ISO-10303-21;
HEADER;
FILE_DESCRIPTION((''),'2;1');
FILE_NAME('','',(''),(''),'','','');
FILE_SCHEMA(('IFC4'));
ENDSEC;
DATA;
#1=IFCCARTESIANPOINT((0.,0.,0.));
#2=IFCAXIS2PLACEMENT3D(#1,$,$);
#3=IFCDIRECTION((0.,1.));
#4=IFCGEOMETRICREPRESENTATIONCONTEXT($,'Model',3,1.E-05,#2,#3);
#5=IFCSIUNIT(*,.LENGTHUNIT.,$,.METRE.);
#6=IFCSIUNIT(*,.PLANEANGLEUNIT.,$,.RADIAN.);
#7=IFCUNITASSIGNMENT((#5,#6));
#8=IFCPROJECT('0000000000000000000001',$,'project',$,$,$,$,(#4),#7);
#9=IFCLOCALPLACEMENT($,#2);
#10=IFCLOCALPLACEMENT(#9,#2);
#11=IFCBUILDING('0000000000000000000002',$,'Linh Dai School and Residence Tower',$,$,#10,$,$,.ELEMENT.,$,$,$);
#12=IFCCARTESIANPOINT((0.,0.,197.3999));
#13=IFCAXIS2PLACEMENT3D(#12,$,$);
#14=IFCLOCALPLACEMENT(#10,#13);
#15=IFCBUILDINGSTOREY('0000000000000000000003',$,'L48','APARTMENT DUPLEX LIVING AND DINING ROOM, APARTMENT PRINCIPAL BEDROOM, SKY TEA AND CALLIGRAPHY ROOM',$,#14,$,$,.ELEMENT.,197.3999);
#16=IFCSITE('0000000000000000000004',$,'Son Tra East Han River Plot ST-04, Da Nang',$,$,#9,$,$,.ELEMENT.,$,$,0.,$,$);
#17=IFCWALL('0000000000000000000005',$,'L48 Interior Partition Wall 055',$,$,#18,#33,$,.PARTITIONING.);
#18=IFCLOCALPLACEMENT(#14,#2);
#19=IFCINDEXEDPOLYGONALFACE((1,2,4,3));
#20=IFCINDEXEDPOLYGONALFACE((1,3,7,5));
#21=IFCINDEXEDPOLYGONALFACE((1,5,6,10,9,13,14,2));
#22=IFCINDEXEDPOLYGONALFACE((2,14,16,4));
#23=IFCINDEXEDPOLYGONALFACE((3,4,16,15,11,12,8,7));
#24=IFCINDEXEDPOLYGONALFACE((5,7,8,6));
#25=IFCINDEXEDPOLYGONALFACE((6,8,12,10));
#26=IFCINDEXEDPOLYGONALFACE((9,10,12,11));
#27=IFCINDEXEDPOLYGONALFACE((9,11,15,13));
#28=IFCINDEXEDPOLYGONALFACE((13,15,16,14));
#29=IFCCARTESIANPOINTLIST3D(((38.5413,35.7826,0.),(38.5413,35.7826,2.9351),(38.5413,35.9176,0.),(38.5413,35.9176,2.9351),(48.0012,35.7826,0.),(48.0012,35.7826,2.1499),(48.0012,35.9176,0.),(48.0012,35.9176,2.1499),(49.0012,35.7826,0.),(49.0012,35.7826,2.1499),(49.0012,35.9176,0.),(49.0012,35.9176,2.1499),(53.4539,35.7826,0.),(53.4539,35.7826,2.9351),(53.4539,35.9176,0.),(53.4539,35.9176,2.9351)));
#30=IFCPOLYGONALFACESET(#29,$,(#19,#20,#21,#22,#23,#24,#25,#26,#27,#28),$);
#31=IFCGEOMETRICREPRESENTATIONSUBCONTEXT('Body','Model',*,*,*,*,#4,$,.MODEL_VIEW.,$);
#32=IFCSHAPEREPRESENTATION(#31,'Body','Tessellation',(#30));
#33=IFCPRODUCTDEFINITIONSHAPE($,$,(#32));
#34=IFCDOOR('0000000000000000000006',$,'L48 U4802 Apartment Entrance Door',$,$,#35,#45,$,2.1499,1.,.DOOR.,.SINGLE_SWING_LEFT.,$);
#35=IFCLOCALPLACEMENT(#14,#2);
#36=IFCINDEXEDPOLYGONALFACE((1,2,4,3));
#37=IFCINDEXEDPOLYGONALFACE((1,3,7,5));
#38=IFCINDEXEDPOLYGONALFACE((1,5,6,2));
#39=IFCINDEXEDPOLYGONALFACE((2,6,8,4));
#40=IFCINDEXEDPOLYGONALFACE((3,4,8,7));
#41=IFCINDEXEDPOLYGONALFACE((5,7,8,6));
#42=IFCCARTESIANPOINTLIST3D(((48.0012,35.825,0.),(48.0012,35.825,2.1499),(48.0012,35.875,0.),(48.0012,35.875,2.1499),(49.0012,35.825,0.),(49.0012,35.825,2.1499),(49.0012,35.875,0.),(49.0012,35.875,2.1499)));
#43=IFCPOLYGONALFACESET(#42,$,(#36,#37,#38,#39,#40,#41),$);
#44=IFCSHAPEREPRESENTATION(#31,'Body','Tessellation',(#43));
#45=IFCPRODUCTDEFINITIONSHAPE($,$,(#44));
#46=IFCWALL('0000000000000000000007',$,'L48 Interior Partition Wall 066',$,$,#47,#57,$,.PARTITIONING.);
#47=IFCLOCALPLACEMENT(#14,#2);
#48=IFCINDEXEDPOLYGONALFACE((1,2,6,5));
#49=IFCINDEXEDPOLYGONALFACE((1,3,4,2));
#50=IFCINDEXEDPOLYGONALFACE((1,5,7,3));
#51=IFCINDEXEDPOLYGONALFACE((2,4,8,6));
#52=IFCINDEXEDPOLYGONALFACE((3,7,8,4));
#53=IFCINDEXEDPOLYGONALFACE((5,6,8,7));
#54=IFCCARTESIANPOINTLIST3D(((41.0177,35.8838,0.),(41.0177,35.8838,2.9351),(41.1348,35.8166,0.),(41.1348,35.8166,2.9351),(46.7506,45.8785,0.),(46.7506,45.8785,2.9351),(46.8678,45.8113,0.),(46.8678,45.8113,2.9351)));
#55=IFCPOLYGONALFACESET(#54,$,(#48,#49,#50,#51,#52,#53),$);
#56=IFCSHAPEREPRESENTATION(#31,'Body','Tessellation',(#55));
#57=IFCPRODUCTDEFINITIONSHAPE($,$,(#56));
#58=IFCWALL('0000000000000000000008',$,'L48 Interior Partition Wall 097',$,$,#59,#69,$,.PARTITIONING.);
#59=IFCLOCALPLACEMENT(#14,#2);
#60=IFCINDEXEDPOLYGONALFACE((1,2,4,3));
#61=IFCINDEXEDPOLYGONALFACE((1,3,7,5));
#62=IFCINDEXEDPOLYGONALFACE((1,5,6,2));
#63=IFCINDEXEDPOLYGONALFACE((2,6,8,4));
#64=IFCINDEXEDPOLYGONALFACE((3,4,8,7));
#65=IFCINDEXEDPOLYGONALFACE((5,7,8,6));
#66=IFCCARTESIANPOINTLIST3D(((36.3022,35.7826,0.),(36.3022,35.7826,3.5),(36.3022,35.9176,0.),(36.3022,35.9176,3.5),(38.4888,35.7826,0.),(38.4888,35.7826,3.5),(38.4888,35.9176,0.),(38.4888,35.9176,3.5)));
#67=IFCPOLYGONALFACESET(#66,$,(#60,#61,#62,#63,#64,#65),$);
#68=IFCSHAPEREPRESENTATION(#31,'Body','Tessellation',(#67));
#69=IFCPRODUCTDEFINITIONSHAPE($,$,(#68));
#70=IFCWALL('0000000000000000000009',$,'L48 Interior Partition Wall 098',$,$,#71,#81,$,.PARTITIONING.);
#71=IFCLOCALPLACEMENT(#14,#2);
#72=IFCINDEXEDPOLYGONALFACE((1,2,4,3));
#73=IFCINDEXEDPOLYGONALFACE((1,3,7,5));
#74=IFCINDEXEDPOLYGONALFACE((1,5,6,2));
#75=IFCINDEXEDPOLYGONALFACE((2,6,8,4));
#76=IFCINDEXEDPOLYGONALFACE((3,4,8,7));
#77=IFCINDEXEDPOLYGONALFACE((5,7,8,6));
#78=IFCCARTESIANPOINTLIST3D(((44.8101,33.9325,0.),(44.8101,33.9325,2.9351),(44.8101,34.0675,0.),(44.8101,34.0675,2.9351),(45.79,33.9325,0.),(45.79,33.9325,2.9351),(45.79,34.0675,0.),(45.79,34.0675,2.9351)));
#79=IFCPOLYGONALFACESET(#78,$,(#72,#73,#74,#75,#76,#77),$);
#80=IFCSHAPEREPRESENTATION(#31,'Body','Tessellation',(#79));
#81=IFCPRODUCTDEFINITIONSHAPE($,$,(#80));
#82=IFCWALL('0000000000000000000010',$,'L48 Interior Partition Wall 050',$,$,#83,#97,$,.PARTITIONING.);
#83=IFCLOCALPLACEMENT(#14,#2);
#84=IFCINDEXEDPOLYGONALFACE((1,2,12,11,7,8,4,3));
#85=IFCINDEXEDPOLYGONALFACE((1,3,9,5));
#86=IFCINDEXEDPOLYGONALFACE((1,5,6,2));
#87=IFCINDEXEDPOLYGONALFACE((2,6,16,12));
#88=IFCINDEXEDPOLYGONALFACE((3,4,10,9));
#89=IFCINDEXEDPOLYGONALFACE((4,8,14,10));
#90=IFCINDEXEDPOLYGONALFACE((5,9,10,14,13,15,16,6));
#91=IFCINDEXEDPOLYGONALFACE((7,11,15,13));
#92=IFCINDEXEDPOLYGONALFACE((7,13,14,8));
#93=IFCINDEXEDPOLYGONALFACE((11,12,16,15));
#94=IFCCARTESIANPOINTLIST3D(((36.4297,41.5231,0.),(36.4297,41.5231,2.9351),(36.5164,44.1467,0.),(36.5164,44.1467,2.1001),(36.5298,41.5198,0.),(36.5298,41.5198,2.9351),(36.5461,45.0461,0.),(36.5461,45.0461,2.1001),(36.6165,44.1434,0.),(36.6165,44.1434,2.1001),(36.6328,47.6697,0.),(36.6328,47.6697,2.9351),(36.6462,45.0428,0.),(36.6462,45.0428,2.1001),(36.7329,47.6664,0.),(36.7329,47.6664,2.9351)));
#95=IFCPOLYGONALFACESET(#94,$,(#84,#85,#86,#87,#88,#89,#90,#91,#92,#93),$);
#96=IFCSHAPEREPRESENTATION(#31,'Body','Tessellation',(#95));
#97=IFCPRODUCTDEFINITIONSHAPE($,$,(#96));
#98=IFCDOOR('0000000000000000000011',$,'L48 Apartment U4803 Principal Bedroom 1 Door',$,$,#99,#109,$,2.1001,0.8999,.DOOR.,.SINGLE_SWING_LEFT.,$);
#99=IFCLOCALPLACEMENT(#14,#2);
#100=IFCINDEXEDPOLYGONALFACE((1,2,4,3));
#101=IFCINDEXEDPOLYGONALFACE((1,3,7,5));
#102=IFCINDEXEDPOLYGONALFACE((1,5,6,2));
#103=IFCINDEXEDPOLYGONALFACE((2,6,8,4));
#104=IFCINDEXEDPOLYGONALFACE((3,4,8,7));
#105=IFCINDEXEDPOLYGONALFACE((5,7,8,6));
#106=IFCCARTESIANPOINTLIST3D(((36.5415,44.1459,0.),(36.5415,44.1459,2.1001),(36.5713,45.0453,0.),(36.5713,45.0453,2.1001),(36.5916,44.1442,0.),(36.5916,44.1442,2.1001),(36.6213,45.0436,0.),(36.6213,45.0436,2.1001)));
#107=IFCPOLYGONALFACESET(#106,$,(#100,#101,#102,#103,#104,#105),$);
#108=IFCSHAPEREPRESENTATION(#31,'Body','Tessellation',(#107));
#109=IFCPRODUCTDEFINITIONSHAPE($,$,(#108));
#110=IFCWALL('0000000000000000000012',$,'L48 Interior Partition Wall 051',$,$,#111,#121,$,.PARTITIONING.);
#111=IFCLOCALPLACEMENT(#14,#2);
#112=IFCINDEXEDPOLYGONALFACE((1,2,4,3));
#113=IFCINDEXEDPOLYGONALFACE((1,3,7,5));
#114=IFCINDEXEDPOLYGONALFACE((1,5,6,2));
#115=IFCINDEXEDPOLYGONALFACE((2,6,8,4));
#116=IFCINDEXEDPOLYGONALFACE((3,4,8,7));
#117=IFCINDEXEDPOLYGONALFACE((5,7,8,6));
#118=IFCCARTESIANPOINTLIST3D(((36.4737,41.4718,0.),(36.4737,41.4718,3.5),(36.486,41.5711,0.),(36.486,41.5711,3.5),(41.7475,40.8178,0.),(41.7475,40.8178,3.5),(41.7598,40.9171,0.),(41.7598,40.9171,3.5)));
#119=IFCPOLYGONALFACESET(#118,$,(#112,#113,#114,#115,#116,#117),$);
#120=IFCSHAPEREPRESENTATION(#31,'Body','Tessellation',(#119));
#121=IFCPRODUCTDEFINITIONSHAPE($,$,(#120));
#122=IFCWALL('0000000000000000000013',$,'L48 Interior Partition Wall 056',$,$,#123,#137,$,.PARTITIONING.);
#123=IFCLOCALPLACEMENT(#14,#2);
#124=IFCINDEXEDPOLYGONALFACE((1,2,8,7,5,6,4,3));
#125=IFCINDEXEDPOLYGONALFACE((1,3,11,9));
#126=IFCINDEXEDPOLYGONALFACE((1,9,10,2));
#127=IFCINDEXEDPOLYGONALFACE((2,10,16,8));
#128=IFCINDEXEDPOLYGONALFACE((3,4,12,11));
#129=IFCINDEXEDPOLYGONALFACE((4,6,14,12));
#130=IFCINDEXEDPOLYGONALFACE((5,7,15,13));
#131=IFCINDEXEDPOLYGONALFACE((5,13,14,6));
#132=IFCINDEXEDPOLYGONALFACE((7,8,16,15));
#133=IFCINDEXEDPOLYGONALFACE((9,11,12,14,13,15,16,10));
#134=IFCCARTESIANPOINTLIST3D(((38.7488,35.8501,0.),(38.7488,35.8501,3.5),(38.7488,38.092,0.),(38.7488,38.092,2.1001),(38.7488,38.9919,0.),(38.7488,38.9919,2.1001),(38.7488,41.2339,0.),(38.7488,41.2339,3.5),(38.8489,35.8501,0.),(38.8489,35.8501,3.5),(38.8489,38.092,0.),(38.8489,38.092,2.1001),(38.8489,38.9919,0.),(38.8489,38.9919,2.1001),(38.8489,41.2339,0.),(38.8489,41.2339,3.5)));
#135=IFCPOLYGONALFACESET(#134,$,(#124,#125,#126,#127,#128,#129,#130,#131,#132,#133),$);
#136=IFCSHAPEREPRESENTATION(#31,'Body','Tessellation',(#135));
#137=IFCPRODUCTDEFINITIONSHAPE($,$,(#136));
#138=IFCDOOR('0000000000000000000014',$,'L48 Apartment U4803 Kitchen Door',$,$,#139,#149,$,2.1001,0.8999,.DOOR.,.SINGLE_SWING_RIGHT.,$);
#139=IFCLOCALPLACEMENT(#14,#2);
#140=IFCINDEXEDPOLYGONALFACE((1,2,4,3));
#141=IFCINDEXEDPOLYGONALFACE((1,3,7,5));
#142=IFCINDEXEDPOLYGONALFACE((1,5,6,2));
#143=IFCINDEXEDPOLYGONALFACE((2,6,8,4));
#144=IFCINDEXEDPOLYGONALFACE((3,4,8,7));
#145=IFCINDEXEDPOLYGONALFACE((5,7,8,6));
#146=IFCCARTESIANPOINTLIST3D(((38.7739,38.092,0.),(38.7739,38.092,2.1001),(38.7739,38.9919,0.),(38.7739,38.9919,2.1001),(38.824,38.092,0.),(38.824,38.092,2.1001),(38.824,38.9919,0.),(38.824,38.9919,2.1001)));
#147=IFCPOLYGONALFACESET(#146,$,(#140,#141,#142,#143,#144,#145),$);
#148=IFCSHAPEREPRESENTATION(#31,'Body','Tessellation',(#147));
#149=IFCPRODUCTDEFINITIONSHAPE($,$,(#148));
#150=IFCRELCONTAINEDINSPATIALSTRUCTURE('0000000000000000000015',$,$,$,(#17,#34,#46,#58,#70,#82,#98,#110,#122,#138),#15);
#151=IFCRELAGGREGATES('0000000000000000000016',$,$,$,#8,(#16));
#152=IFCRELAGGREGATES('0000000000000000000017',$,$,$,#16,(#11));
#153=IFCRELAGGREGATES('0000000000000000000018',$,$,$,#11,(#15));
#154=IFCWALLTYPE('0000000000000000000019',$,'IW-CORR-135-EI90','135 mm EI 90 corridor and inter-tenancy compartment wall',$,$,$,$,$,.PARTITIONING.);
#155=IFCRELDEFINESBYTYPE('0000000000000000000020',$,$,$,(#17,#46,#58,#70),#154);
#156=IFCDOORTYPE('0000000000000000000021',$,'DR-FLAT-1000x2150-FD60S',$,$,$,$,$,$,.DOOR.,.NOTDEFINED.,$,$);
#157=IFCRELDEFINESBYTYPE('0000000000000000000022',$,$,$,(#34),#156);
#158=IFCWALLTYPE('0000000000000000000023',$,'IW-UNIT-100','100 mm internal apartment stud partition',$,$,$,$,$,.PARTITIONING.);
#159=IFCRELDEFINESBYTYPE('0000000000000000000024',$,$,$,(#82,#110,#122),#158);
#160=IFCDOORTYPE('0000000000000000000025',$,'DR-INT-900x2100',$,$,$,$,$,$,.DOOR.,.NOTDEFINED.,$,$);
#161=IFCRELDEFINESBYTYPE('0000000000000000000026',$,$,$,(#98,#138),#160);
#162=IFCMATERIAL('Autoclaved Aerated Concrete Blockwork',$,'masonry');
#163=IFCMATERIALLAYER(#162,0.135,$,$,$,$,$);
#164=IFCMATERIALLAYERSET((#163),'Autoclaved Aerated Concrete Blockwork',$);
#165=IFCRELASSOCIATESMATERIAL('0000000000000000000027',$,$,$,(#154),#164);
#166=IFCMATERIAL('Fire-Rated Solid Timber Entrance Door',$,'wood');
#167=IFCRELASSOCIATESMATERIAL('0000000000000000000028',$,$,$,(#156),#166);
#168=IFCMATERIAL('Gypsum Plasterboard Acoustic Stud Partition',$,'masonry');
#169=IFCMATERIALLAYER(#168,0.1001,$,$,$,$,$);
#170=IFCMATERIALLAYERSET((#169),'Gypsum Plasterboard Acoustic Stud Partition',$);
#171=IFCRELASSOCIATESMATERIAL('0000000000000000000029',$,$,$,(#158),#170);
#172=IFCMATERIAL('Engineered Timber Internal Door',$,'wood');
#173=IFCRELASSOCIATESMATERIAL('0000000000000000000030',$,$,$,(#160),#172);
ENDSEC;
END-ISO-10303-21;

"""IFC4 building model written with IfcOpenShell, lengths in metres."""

from ifc_helpers import new_model, si_unit, direction, frame, frame_2d, origin, origin_2d, place, context, subcontext, project, spatial, rectangle, extrude, source, transform, mapped, material, layer, layer_set, type_object, element, fill, save


model = new_model("IFC4")

# Units and contexts
model_context = context("Model", 3, precision=1e-05, world=origin(), true_north=direction((0.0, 1.0)))
body_context = subcontext(model_context, "Body", "Model", "MODEL_VIEW")
ifc_project = project(units=[si_unit("LENGTHUNIT", "METRE"), si_unit("PLANEANGLEUNIT", "RADIAN")], contexts=[model_context])

# Site, building, storey
site_placement = place(None, origin())
site = spatial("IfcSite", under=ifc_project, at=site_placement, Name="Son Tra East Han River Plot ST-04, Da Nang", CompositionType="ELEMENT", RefElevation=0.0)
building_placement = place(site_placement, origin())
building = spatial("IfcBuilding", under=site, at=building_placement, Name="Linh Dai School and Residence Tower", CompositionType="ELEMENT")
storey_placement = place(building_placement, frame((0.0, 0.0, 197.3999)))
storey = spatial("IfcBuildingStorey", under=building, at=storey_placement, Name="L48", Description="APARTMENT DUPLEX LIVING AND DINING ROOM, APARTMENT PRINCIPAL BEDROOM, SKY TEA AND CALLIGRAPHY ROOM", CompositionType="ELEMENT", Elevation=197.3999)

# Wall, opening, door
ifc_material_1 = material(Name="Autoclaved Aerated Concrete Blockwork", Category="masonry")
ifc_layer_1 = layer(ifc_material_1, 0.135)
ifc_layer_set_1 = layer_set([ifc_layer_1], Name="Autoclaved Aerated Concrete Blockwork")
wall_type_1 = type_object("IfcWallType", Name="IW-CORR-135-EI90", Description="135 mm EI 90 corridor and inter-tenancy compartment wall", PredefinedType="PARTITIONING", material=ifc_layer_set_1)
wall_1_placement = place(storey_placement, frame((38.5413, 35.8501, 0.0), z_axis=(0.0, 0.0, 1.0), x_axis=(1.0, 0.0, 0.0)))
wall_1 = element("IfcWall", 1, at=wall_1_placement, inside=storey, type_object=wall_type_1, Name="L48 Interior Partition Wall 055", PredefinedType="PARTITIONING", context=body_context, shape_type="SweptSolid", body=[
    extrude(rectangle(XDim=14.9126, YDim=0.135, at=frame_2d((7.4563, 0.0))), origin(), (0.0, 0.0, 1.0), 2.9351),
])
opening_1_placement = place(wall_1_placement, frame((9.46, 0.0, 0.0)))
opening_1 = element("IfcOpeningElement", 2, at=opening_1_placement, cuts=wall_1, PredefinedType="OPENING", context=body_context, shape_type="SweptSolid", body=[
    extrude(rectangle(XDim=1.0, YDim=2.1499, at=origin_2d()), frame((0.5, 0.0776, 1.075), z_axis=(0.0, -1.0, 0.0), x_axis=(1.0, 0.0, 0.0)), (0.0, 0.0, 1.0), 0.155),
])
ifc_material_2 = material(Name="Fire-Rated Solid Timber Entrance Door", Category="wood")
door_type_1 = type_object("IfcDoorType", Name="DR-FLAT-1000x2150-FD60S", OperationType="NOTDEFINED", PredefinedType="DOOR", material=ifc_material_2)
shared_shape_1 = source(origin(), body_context, "Body", "SweptSolid", [
    extrude(rectangle(XDim=1.0, YDim=2.1499, at=origin_2d()), frame((0.5, 0.0249, 1.075), z_axis=(0.0, -1.0, 0.0), x_axis=(1.0, 0.0, 0.0)), (0.0, 0.0, 1.0), 0.05),
])
door_1_placement = place(opening_1_placement, origin())
door_1 = element("IfcDoor", 3, at=door_1_placement, inside=storey, type_object=door_type_1, Name="L48 U4802 Apartment Entrance Door", OperationType="SINGLE_SWING_LEFT", OverallHeight=2.1499, OverallWidth=1.0, PredefinedType="DOOR", context=body_context, shape_type="MappedRepresentation", body=[
    mapped(shared_shape_1, transform((0.0, 0.0, 0.0), x_axis=(1.0, 0.0, 0.0), y_axis=(0.0, 1.0, 0.0), z_axis=(0.0, 0.0, 1.0), scale=1.0)),
])
fill(opening_1, door_1)

# Walls
wall_2_placement = place(storey_placement, frame((41.0762, 35.8501, 0.0), z_axis=(0.0, 0.0, 1.0), x_axis=(0.497558, 0.867431, 0.0)))
element("IfcWall", 4, at=wall_2_placement, inside=storey, type_object=wall_type_1, Name="L48 Interior Partition Wall 066", PredefinedType="PARTITIONING", context=body_context, shape_type="SweptSolid", body=[
    extrude(rectangle(XDim=11.5222, YDim=0.135, at=frame_2d((5.7612, 0.0))), origin(), (0.0, 0.0, 1.0), 2.9351),
])
wall_3_placement = place(storey_placement, frame((36.3022, 35.8501, 0.0), z_axis=(0.0, 0.0, 1.0), x_axis=(1.0, 0.0, 0.0)))
element("IfcWall", 5, at=wall_3_placement, inside=storey, type_object=wall_type_1, Name="L48 Interior Partition Wall 097", PredefinedType="PARTITIONING", context=body_context, shape_type="SweptSolid", body=[
    extrude(rectangle(XDim=2.1865, YDim=0.135, at=frame_2d((1.0933, 0.0))), origin(), (0.0, 0.0, 1.0), 3.5),
])
wall_4_placement = place(storey_placement, frame((45.79, 34.0, 0.0), z_axis=(0.0, 0.0, 1.0), x_axis=(-1.0, 0.0, 0.0)))
element("IfcWall", 6, at=wall_4_placement, inside=storey, type_object=wall_type_1, Name="L48 Interior Partition Wall 098", PredefinedType="PARTITIONING", context=body_context, shape_type="SweptSolid", body=[
    extrude(rectangle(XDim=0.98, YDim=0.135, at=frame_2d((0.49, 0.0))), origin(), (0.0, 0.0, 1.0), 2.9351),
])

# Wall, opening, door
ifc_material_3 = material(Name="Gypsum Plasterboard Acoustic Stud Partition", Category="masonry")
ifc_layer_2 = layer(ifc_material_3, 0.1001)
ifc_layer_set_2 = layer_set([ifc_layer_2], Name="Gypsum Plasterboard Acoustic Stud Partition")
wall_type_2 = type_object("IfcWallType", Name="IW-UNIT-100", Description="100 mm internal apartment stud partition", PredefinedType="PARTITIONING", material=ifc_layer_set_2)
wall_5_placement = place(storey_placement, frame((36.4797, 41.5215, 0.0), z_axis=(0.0, 0.0, 1.0), x_axis=(0.033029, 0.999454, 0.0)))
wall_5 = element("IfcWall", 7, at=wall_5_placement, inside=storey, type_object=wall_type_2, Name="L48 Interior Partition Wall 050", PredefinedType="PARTITIONING", context=body_context, shape_type="SweptSolid", body=[
    extrude(rectangle(XDim=6.1499, YDim=0.1001, at=frame_2d((3.075, 0.0))), origin(), (0.0, 0.0, 1.0), 2.9351),
])
opening_2_placement = place(wall_5_placement, frame((2.625, 0.0, 0.0)))
opening_2 = element("IfcOpeningElement", 8, at=opening_2_placement, cuts=wall_5, PredefinedType="OPENING", context=body_context, shape_type="SweptSolid", body=[
    extrude(rectangle(XDim=0.8999, YDim=2.1001, at=origin_2d()), frame((0.45, 0.0601, 1.05), z_axis=(0.0, -1.0, 0.0), x_axis=(1.0, 0.0, 0.0)), (0.0, 0.0, 1.0), 0.1201),
])
ifc_material_4 = material(Name="Engineered Timber Internal Door", Category="wood")
door_type_2 = type_object("IfcDoorType", Name="DR-INT-900x2100", OperationType="NOTDEFINED", PredefinedType="DOOR", material=ifc_material_4)
shared_shape_2 = source(origin(), body_context, "Body", "SweptSolid", [
    extrude(rectangle(XDim=0.8999, YDim=2.1001, at=origin_2d()), frame((0.45, 0.0249, 1.05), z_axis=(0.0, -1.0, 0.0), x_axis=(1.0, 0.0, 0.0)), (0.0, 0.0, 1.0), 0.05),
])
door_2_placement = place(opening_2_placement, origin())
door_2 = element("IfcDoor", 9, at=door_2_placement, inside=storey, type_object=door_type_2, Name="L48 Apartment U4803 Principal Bedroom 1 Door", OperationType="SINGLE_SWING_LEFT", OverallHeight=2.1001, OverallWidth=0.8999, PredefinedType="DOOR", context=body_context, shape_type="MappedRepresentation", body=[
    mapped(shared_shape_2, transform((0.0, 0.0, 0.0), x_axis=(1.0, 0.0, 0.0), y_axis=(0.0, 1.0, 0.0), z_axis=(0.0, 0.0, 1.0), scale=1.0)),
])
fill(opening_2, door_2)

# Wall
wall_6_placement = place(storey_placement, frame((36.4797, 41.5215, 0.0), z_axis=(0.0, 0.0, 1.0), x_axis=(0.992398, -0.123073, 0.0)))
element("IfcWall", 10, at=wall_6_placement, inside=storey, type_object=wall_type_2, Name="L48 Interior Partition Wall 051", PredefinedType="PARTITIONING", context=body_context, shape_type="SweptSolid", body=[
    extrude(rectangle(XDim=5.3142, YDim=0.1001, at=frame_2d((2.6572, 0.0))), origin(), (0.0, 0.0, 1.0), 3.5),
])

# Wall, opening, door
wall_7_placement = place(storey_placement, frame((38.7988, 35.8501, 0.0), z_axis=(0.0, 0.0, 1.0), x_axis=(0.0, 1.0, 0.0)))
wall_7 = element("IfcWall", 11, at=wall_7_placement, inside=storey, type_object=wall_type_2, Name="L48 Interior Partition Wall 056", PredefinedType="PARTITIONING", context=body_context, shape_type="SweptSolid", body=[
    extrude(rectangle(XDim=5.3838, YDim=0.1001, at=frame_2d((2.6919, 0.0))), origin(), (0.0, 0.0, 1.0), 3.5),
])
opening_3_placement = place(wall_7_placement, frame((2.2419, 0.0, 0.0)))
opening_3 = element("IfcOpeningElement", 12, at=opening_3_placement, cuts=wall_7, PredefinedType="OPENING", context=body_context, shape_type="SweptSolid", body=[
    extrude(rectangle(XDim=0.8999, YDim=2.1001, at=origin_2d()), frame((0.45, 0.0601, 1.05), z_axis=(0.0, -1.0, 0.0), x_axis=(1.0, 0.0, 0.0)), (0.0, 0.0, 1.0), 0.1201),
])
door_3_placement = place(opening_3_placement, origin())
door_3 = element("IfcDoor", 13, at=door_3_placement, inside=storey, type_object=door_type_2, Name="L48 Apartment U4803 Kitchen Door", OperationType="SINGLE_SWING_RIGHT", OverallHeight=2.1001, OverallWidth=0.8999, PredefinedType="DOOR", context=body_context, shape_type="MappedRepresentation", body=[
    mapped(shared_shape_2, transform((0.0, 0.0, 0.0), x_axis=(1.0, 0.0, 0.0), y_axis=(0.0, 1.0, 0.0), z_axis=(0.0, 0.0, 1.0), scale=1.0)),
])
fill(opening_3, door_3)

save(model, "model.ifc")
